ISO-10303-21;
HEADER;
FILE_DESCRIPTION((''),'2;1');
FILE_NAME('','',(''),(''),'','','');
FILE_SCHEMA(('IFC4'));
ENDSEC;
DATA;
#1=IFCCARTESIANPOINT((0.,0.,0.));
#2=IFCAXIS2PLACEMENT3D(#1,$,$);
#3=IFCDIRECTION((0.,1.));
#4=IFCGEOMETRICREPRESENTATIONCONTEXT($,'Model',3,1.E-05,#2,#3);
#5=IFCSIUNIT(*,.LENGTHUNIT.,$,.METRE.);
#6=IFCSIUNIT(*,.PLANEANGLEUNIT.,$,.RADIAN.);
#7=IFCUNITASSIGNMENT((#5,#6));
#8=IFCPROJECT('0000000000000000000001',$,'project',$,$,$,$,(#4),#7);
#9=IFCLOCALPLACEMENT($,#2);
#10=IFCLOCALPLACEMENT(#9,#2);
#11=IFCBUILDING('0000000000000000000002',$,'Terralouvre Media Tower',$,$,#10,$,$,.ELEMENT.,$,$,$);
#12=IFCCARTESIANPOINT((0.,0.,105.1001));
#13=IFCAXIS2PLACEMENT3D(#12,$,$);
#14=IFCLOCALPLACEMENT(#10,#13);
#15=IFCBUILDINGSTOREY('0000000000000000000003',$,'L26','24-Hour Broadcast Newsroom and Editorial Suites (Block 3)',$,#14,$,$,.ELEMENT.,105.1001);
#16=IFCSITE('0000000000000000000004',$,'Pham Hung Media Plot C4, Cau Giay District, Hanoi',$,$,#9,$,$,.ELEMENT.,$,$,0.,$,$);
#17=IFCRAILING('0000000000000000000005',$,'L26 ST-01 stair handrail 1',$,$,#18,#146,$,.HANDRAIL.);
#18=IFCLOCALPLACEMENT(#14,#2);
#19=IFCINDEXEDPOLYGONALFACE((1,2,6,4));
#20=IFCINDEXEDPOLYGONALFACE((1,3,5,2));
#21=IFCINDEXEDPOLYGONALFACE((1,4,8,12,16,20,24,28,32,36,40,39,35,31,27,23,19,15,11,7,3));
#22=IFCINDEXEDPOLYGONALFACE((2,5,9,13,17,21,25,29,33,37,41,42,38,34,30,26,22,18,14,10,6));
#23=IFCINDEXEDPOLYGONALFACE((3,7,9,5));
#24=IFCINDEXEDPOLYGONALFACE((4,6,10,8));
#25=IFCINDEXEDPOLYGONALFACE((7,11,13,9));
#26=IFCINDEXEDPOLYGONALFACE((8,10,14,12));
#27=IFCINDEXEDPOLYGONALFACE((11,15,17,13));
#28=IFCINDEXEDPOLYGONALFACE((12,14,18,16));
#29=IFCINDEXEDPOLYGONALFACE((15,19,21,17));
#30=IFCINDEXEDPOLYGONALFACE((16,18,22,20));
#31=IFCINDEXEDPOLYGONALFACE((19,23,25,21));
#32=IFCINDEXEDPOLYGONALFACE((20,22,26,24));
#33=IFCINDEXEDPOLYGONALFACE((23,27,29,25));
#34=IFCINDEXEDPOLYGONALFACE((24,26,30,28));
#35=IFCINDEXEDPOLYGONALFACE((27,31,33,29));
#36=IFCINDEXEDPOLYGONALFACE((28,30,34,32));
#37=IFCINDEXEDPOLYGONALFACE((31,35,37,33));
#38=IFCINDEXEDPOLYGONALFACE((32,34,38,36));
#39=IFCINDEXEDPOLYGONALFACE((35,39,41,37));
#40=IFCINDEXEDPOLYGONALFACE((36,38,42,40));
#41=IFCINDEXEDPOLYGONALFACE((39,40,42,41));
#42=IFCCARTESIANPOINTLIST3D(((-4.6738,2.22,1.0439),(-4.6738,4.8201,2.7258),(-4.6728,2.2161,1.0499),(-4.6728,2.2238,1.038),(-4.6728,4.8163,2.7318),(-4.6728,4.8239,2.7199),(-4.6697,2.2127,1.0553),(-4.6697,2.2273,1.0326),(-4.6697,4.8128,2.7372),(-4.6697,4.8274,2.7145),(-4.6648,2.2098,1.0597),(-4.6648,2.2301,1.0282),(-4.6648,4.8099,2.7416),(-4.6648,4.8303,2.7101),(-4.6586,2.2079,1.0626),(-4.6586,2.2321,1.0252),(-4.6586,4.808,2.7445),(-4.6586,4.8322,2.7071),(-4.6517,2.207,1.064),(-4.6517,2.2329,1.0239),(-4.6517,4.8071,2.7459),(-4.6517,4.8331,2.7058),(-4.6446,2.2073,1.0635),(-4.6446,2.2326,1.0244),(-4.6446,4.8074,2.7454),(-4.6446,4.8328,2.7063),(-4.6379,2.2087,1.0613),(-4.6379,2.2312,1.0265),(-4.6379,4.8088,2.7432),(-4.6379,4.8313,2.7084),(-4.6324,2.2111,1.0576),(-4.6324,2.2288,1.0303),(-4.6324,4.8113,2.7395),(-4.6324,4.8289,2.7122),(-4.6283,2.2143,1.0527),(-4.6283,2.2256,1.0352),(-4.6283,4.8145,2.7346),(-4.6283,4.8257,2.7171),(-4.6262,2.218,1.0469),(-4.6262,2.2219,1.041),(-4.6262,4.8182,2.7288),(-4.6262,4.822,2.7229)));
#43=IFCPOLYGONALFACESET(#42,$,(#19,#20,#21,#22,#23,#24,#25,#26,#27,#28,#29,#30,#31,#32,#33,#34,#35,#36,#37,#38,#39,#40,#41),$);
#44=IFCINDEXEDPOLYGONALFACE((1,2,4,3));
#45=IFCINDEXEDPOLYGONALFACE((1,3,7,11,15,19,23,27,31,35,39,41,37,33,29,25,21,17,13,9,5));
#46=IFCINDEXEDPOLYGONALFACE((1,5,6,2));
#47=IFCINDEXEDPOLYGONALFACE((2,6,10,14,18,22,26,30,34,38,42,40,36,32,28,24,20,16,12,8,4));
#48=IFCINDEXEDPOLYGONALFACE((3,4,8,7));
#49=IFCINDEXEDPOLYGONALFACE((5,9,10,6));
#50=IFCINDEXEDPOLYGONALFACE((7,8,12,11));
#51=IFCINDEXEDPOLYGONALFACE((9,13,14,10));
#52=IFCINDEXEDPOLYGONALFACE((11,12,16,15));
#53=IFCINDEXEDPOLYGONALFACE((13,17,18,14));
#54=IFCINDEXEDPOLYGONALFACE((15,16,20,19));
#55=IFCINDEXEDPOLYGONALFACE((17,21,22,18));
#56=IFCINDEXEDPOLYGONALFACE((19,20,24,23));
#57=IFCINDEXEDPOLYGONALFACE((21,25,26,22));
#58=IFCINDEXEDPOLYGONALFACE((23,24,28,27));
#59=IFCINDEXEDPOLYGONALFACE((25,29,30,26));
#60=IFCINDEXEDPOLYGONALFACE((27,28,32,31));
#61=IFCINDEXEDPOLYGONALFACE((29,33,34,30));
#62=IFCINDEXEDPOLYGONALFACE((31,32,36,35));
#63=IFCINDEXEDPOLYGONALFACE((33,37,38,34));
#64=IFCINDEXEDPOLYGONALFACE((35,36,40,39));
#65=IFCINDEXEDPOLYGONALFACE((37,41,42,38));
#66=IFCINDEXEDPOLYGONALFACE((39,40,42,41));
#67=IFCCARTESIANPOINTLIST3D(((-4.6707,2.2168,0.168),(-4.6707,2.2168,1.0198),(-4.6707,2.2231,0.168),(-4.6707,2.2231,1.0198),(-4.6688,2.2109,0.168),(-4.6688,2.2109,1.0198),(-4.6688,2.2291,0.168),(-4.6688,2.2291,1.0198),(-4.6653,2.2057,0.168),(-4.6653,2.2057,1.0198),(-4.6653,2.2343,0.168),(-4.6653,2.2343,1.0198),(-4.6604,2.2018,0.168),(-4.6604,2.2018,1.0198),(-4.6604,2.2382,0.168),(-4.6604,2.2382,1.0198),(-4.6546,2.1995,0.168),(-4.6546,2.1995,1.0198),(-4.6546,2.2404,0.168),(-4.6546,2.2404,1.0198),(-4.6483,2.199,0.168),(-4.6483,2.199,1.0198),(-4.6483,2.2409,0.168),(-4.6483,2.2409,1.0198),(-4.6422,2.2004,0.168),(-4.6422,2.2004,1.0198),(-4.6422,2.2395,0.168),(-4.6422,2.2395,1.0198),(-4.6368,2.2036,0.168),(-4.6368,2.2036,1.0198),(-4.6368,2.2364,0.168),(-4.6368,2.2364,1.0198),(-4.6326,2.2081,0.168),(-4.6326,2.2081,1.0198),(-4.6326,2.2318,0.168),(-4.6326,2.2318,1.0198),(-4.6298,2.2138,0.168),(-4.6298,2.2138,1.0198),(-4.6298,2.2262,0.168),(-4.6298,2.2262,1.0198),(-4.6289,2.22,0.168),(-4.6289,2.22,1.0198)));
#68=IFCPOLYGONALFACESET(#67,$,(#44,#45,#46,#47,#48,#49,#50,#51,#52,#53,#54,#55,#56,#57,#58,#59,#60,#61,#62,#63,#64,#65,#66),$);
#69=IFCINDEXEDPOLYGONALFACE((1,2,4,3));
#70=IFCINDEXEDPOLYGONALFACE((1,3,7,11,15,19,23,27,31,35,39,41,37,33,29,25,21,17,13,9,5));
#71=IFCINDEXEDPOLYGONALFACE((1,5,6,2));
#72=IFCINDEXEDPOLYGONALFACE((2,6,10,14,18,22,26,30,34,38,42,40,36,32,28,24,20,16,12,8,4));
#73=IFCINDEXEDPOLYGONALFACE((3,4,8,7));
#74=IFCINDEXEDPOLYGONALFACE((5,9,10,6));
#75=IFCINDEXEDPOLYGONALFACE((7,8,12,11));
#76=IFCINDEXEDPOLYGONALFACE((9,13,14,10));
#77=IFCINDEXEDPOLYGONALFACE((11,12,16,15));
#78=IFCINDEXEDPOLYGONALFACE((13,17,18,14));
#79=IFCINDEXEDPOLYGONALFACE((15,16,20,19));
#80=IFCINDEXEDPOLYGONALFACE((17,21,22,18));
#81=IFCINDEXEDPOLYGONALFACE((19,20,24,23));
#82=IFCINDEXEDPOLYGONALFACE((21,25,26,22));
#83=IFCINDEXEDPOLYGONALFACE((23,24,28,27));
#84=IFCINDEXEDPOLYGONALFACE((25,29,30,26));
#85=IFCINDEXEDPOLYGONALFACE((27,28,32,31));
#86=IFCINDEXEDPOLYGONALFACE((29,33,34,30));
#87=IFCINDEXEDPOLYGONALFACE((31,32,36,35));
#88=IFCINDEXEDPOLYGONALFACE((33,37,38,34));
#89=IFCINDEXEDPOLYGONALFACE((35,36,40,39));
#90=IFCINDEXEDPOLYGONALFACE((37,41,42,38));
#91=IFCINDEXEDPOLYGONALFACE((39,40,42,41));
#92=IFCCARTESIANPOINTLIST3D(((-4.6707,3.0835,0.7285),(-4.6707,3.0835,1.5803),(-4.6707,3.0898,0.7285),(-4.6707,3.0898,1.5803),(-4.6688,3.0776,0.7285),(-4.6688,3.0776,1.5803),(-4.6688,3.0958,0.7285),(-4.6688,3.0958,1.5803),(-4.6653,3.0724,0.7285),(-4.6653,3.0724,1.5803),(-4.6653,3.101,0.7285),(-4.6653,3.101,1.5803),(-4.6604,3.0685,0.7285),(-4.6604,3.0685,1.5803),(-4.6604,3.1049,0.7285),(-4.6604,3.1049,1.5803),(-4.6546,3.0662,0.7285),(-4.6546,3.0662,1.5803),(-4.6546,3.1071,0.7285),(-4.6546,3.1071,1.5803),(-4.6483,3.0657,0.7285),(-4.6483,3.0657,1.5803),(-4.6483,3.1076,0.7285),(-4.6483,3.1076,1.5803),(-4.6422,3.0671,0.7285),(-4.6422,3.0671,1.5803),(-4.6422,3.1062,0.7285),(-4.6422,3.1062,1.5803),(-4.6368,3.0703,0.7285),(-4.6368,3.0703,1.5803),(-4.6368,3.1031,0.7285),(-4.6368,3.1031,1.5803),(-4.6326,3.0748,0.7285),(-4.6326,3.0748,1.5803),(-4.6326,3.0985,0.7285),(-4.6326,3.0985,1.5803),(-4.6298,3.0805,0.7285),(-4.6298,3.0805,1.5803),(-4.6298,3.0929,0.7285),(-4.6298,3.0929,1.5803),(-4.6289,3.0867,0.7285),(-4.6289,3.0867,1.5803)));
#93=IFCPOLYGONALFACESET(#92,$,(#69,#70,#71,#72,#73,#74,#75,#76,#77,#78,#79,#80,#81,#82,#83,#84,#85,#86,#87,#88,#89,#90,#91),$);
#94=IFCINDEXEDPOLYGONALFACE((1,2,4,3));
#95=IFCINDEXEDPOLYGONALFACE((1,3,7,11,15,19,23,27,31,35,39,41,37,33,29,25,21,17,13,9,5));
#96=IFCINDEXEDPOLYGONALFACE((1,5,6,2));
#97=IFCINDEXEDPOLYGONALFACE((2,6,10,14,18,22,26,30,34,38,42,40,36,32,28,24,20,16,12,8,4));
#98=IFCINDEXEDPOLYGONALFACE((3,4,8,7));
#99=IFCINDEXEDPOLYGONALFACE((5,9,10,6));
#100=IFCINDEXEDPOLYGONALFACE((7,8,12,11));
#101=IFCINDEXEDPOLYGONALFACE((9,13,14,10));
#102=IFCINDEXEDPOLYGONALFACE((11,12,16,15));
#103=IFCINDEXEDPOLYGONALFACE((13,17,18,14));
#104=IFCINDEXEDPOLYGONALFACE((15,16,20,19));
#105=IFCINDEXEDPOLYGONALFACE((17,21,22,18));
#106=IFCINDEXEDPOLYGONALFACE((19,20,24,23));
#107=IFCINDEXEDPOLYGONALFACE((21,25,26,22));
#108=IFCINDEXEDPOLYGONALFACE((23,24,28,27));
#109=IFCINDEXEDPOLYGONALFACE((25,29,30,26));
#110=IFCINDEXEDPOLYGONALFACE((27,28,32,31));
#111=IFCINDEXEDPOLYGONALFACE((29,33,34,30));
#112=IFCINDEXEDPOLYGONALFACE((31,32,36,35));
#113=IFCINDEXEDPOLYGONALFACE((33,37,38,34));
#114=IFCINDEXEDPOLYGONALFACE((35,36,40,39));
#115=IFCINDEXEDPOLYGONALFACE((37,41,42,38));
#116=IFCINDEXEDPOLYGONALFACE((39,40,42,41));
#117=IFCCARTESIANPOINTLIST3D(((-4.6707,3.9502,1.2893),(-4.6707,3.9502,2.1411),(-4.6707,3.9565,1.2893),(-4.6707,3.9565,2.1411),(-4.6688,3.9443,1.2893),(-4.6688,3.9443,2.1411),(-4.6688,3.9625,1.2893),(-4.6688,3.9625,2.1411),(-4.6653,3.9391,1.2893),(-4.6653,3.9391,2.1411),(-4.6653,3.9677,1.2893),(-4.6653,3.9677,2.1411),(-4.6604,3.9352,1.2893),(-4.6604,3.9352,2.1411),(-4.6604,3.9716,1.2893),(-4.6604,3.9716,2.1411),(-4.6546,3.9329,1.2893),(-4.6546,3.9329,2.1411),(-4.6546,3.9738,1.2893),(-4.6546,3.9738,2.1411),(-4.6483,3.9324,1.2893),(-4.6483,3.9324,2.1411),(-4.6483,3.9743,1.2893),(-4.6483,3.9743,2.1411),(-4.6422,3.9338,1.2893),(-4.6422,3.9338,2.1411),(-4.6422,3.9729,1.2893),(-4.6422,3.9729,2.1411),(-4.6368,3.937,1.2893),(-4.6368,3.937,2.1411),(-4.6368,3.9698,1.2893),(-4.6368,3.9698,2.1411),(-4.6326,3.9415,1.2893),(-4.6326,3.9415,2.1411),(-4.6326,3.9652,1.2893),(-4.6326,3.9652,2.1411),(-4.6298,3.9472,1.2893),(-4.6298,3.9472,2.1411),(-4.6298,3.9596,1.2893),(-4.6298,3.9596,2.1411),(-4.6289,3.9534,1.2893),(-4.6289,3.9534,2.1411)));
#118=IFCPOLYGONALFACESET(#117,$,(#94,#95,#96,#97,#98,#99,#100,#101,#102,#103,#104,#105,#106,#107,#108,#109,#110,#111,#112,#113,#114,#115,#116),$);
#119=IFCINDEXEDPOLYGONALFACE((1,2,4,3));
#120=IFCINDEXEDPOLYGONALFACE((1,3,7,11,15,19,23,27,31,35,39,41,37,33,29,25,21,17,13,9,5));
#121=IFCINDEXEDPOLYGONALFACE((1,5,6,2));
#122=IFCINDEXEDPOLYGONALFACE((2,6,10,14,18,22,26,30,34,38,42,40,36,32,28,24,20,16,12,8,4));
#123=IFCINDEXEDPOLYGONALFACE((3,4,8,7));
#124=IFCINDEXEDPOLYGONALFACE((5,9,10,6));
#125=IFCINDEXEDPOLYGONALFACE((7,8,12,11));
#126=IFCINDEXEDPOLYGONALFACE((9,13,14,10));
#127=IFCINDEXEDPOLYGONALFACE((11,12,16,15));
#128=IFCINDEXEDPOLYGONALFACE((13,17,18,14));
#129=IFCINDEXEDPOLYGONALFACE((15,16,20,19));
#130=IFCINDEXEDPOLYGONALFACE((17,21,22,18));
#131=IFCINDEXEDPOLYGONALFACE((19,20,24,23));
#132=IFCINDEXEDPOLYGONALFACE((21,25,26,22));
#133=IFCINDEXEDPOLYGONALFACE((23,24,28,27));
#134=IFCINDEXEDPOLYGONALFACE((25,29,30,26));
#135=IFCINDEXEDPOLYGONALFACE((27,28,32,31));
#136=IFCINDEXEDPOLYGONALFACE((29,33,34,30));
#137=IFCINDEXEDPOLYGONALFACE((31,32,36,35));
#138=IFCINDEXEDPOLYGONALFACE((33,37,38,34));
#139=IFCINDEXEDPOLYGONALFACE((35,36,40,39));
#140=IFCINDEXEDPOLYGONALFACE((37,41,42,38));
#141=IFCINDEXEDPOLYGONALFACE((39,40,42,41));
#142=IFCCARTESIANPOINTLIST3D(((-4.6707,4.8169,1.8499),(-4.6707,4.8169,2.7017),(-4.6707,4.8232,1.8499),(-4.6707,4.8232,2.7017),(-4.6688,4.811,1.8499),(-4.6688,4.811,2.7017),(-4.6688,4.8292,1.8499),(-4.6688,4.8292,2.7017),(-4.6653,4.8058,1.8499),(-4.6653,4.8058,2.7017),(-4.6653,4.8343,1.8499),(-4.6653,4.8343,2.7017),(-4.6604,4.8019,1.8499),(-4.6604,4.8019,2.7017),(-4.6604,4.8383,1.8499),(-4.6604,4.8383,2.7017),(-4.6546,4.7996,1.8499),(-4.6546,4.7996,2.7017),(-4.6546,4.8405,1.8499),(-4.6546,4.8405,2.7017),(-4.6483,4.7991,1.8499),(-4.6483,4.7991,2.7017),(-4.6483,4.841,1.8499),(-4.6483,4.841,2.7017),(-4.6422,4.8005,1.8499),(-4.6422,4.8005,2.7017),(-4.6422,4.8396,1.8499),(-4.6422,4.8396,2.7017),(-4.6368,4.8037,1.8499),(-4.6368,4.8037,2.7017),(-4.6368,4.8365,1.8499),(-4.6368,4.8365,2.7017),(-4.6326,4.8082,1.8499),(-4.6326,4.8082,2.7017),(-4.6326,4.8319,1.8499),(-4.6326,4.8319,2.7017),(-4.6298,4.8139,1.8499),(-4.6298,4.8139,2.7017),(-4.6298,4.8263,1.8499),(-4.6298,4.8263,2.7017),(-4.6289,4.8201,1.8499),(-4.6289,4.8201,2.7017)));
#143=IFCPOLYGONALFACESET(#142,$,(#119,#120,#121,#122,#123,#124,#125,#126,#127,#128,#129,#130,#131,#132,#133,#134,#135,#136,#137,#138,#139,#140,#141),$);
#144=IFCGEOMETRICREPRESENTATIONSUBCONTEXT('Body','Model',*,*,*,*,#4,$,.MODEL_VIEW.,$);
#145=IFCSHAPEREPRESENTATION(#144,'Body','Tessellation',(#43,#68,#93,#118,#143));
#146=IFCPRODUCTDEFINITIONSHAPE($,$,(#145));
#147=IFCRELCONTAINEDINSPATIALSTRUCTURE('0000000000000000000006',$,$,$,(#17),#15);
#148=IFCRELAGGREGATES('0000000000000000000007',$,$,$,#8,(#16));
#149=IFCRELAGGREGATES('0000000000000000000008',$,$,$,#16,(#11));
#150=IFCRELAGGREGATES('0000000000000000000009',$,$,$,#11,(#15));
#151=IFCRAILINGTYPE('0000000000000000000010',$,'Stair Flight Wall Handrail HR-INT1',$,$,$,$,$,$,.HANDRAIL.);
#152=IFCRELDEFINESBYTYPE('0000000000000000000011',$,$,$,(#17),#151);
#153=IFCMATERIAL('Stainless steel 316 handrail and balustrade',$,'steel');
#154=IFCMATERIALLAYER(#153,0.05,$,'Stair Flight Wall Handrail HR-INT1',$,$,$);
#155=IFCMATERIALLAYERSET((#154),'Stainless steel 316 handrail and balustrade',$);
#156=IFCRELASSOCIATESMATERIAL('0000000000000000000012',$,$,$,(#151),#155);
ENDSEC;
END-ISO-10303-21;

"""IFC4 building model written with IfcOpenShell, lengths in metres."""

from ifc_helpers import new_model, si_unit, direction, frame, origin, origin_2d, place, context, subcontext, project, spatial, circle, extrude, material, layer, layer_set, type_object, element, save


model = new_model("IFC4")

# Units and contexts
model_context = context("Model", 3, precision=1e-05, world=origin(), true_north=direction((0.0, 1.0)))
body_context = subcontext(model_context, "Body", "Model", "MODEL_VIEW")
ifc_project = project(units=[si_unit("LENGTHUNIT", "METRE"), si_unit("PLANEANGLEUNIT", "RADIAN")], contexts=[model_context])

# Site, building, storey
site_placement = place(None, origin())
site = spatial("IfcSite", under=ifc_project, at=site_placement, Name="Pham Hung Media Plot C4, Cau Giay District, Hanoi", CompositionType="ELEMENT", RefElevation=0.0)
building_placement = place(site_placement, origin())
building = spatial("IfcBuilding", under=site, at=building_placement, Name="Terralouvre Media Tower", CompositionType="ELEMENT")
storey_placement = place(building_placement, frame((0.0, 0.0, 105.1001)))
storey = spatial("IfcBuildingStorey", under=building, at=storey_placement, Name="L26", Description="24-Hour Broadcast Newsroom and Editorial Suites (Block 3)", CompositionType="ELEMENT", Elevation=105.1001)

# Railing
ifc_material_1 = material(Name="Stainless steel 316 handrail and balustrade", Category="steel")
ifc_layer_1 = layer(ifc_material_1, 0.05, Name="Stair Flight Wall Handrail HR-INT1")
ifc_layer_set_1 = layer_set([ifc_layer_1], Name="Stainless steel 316 handrail and balustrade")
railing_type_1 = type_object("IfcRailingType", Name="Stair Flight Wall Handrail HR-INT1", PredefinedType="HANDRAIL", material=ifc_layer_set_1)
railing_1_placement = place(storey_placement, frame((-4.6499, 2.22, 0.168)))
element("IfcRailing", 1, at=railing_1_placement, inside=storey, type_object=railing_type_1, Name="L26 ST-01 stair handrail 1", PredefinedType="HANDRAIL", context=body_context, shape_type="SweptSolid", body=[
    extrude(circle(Radius=0.0239, at=origin_2d()), frame((0.0, 0.0, 0.876), z_axis=(0.0, 0.839648, 0.54313), x_axis=(-1.0, 0.0, 0.0)), (0.0, 0.0, 1.0), 3.0967),
    extrude(circle(Radius=0.021, at=origin_2d()), origin(), (0.0, 0.0, 1.0), 0.8518),
    extrude(circle(Radius=0.021, at=origin_2d()), frame((0.0, 0.8667, 0.5605)), (0.0, 0.0, 1.0), 0.8518),
    extrude(circle(Radius=0.021, at=origin_2d()), frame((0.0, 1.7334, 1.1213)), (0.0, 0.0, 1.0), 0.8518),
    extrude(circle(Radius=0.021, at=origin_2d()), frame((0.0, 2.6001, 1.6819)), (0.0, 0.0, 1.0), 0.8518),
])

save(model, "model.ifc")
